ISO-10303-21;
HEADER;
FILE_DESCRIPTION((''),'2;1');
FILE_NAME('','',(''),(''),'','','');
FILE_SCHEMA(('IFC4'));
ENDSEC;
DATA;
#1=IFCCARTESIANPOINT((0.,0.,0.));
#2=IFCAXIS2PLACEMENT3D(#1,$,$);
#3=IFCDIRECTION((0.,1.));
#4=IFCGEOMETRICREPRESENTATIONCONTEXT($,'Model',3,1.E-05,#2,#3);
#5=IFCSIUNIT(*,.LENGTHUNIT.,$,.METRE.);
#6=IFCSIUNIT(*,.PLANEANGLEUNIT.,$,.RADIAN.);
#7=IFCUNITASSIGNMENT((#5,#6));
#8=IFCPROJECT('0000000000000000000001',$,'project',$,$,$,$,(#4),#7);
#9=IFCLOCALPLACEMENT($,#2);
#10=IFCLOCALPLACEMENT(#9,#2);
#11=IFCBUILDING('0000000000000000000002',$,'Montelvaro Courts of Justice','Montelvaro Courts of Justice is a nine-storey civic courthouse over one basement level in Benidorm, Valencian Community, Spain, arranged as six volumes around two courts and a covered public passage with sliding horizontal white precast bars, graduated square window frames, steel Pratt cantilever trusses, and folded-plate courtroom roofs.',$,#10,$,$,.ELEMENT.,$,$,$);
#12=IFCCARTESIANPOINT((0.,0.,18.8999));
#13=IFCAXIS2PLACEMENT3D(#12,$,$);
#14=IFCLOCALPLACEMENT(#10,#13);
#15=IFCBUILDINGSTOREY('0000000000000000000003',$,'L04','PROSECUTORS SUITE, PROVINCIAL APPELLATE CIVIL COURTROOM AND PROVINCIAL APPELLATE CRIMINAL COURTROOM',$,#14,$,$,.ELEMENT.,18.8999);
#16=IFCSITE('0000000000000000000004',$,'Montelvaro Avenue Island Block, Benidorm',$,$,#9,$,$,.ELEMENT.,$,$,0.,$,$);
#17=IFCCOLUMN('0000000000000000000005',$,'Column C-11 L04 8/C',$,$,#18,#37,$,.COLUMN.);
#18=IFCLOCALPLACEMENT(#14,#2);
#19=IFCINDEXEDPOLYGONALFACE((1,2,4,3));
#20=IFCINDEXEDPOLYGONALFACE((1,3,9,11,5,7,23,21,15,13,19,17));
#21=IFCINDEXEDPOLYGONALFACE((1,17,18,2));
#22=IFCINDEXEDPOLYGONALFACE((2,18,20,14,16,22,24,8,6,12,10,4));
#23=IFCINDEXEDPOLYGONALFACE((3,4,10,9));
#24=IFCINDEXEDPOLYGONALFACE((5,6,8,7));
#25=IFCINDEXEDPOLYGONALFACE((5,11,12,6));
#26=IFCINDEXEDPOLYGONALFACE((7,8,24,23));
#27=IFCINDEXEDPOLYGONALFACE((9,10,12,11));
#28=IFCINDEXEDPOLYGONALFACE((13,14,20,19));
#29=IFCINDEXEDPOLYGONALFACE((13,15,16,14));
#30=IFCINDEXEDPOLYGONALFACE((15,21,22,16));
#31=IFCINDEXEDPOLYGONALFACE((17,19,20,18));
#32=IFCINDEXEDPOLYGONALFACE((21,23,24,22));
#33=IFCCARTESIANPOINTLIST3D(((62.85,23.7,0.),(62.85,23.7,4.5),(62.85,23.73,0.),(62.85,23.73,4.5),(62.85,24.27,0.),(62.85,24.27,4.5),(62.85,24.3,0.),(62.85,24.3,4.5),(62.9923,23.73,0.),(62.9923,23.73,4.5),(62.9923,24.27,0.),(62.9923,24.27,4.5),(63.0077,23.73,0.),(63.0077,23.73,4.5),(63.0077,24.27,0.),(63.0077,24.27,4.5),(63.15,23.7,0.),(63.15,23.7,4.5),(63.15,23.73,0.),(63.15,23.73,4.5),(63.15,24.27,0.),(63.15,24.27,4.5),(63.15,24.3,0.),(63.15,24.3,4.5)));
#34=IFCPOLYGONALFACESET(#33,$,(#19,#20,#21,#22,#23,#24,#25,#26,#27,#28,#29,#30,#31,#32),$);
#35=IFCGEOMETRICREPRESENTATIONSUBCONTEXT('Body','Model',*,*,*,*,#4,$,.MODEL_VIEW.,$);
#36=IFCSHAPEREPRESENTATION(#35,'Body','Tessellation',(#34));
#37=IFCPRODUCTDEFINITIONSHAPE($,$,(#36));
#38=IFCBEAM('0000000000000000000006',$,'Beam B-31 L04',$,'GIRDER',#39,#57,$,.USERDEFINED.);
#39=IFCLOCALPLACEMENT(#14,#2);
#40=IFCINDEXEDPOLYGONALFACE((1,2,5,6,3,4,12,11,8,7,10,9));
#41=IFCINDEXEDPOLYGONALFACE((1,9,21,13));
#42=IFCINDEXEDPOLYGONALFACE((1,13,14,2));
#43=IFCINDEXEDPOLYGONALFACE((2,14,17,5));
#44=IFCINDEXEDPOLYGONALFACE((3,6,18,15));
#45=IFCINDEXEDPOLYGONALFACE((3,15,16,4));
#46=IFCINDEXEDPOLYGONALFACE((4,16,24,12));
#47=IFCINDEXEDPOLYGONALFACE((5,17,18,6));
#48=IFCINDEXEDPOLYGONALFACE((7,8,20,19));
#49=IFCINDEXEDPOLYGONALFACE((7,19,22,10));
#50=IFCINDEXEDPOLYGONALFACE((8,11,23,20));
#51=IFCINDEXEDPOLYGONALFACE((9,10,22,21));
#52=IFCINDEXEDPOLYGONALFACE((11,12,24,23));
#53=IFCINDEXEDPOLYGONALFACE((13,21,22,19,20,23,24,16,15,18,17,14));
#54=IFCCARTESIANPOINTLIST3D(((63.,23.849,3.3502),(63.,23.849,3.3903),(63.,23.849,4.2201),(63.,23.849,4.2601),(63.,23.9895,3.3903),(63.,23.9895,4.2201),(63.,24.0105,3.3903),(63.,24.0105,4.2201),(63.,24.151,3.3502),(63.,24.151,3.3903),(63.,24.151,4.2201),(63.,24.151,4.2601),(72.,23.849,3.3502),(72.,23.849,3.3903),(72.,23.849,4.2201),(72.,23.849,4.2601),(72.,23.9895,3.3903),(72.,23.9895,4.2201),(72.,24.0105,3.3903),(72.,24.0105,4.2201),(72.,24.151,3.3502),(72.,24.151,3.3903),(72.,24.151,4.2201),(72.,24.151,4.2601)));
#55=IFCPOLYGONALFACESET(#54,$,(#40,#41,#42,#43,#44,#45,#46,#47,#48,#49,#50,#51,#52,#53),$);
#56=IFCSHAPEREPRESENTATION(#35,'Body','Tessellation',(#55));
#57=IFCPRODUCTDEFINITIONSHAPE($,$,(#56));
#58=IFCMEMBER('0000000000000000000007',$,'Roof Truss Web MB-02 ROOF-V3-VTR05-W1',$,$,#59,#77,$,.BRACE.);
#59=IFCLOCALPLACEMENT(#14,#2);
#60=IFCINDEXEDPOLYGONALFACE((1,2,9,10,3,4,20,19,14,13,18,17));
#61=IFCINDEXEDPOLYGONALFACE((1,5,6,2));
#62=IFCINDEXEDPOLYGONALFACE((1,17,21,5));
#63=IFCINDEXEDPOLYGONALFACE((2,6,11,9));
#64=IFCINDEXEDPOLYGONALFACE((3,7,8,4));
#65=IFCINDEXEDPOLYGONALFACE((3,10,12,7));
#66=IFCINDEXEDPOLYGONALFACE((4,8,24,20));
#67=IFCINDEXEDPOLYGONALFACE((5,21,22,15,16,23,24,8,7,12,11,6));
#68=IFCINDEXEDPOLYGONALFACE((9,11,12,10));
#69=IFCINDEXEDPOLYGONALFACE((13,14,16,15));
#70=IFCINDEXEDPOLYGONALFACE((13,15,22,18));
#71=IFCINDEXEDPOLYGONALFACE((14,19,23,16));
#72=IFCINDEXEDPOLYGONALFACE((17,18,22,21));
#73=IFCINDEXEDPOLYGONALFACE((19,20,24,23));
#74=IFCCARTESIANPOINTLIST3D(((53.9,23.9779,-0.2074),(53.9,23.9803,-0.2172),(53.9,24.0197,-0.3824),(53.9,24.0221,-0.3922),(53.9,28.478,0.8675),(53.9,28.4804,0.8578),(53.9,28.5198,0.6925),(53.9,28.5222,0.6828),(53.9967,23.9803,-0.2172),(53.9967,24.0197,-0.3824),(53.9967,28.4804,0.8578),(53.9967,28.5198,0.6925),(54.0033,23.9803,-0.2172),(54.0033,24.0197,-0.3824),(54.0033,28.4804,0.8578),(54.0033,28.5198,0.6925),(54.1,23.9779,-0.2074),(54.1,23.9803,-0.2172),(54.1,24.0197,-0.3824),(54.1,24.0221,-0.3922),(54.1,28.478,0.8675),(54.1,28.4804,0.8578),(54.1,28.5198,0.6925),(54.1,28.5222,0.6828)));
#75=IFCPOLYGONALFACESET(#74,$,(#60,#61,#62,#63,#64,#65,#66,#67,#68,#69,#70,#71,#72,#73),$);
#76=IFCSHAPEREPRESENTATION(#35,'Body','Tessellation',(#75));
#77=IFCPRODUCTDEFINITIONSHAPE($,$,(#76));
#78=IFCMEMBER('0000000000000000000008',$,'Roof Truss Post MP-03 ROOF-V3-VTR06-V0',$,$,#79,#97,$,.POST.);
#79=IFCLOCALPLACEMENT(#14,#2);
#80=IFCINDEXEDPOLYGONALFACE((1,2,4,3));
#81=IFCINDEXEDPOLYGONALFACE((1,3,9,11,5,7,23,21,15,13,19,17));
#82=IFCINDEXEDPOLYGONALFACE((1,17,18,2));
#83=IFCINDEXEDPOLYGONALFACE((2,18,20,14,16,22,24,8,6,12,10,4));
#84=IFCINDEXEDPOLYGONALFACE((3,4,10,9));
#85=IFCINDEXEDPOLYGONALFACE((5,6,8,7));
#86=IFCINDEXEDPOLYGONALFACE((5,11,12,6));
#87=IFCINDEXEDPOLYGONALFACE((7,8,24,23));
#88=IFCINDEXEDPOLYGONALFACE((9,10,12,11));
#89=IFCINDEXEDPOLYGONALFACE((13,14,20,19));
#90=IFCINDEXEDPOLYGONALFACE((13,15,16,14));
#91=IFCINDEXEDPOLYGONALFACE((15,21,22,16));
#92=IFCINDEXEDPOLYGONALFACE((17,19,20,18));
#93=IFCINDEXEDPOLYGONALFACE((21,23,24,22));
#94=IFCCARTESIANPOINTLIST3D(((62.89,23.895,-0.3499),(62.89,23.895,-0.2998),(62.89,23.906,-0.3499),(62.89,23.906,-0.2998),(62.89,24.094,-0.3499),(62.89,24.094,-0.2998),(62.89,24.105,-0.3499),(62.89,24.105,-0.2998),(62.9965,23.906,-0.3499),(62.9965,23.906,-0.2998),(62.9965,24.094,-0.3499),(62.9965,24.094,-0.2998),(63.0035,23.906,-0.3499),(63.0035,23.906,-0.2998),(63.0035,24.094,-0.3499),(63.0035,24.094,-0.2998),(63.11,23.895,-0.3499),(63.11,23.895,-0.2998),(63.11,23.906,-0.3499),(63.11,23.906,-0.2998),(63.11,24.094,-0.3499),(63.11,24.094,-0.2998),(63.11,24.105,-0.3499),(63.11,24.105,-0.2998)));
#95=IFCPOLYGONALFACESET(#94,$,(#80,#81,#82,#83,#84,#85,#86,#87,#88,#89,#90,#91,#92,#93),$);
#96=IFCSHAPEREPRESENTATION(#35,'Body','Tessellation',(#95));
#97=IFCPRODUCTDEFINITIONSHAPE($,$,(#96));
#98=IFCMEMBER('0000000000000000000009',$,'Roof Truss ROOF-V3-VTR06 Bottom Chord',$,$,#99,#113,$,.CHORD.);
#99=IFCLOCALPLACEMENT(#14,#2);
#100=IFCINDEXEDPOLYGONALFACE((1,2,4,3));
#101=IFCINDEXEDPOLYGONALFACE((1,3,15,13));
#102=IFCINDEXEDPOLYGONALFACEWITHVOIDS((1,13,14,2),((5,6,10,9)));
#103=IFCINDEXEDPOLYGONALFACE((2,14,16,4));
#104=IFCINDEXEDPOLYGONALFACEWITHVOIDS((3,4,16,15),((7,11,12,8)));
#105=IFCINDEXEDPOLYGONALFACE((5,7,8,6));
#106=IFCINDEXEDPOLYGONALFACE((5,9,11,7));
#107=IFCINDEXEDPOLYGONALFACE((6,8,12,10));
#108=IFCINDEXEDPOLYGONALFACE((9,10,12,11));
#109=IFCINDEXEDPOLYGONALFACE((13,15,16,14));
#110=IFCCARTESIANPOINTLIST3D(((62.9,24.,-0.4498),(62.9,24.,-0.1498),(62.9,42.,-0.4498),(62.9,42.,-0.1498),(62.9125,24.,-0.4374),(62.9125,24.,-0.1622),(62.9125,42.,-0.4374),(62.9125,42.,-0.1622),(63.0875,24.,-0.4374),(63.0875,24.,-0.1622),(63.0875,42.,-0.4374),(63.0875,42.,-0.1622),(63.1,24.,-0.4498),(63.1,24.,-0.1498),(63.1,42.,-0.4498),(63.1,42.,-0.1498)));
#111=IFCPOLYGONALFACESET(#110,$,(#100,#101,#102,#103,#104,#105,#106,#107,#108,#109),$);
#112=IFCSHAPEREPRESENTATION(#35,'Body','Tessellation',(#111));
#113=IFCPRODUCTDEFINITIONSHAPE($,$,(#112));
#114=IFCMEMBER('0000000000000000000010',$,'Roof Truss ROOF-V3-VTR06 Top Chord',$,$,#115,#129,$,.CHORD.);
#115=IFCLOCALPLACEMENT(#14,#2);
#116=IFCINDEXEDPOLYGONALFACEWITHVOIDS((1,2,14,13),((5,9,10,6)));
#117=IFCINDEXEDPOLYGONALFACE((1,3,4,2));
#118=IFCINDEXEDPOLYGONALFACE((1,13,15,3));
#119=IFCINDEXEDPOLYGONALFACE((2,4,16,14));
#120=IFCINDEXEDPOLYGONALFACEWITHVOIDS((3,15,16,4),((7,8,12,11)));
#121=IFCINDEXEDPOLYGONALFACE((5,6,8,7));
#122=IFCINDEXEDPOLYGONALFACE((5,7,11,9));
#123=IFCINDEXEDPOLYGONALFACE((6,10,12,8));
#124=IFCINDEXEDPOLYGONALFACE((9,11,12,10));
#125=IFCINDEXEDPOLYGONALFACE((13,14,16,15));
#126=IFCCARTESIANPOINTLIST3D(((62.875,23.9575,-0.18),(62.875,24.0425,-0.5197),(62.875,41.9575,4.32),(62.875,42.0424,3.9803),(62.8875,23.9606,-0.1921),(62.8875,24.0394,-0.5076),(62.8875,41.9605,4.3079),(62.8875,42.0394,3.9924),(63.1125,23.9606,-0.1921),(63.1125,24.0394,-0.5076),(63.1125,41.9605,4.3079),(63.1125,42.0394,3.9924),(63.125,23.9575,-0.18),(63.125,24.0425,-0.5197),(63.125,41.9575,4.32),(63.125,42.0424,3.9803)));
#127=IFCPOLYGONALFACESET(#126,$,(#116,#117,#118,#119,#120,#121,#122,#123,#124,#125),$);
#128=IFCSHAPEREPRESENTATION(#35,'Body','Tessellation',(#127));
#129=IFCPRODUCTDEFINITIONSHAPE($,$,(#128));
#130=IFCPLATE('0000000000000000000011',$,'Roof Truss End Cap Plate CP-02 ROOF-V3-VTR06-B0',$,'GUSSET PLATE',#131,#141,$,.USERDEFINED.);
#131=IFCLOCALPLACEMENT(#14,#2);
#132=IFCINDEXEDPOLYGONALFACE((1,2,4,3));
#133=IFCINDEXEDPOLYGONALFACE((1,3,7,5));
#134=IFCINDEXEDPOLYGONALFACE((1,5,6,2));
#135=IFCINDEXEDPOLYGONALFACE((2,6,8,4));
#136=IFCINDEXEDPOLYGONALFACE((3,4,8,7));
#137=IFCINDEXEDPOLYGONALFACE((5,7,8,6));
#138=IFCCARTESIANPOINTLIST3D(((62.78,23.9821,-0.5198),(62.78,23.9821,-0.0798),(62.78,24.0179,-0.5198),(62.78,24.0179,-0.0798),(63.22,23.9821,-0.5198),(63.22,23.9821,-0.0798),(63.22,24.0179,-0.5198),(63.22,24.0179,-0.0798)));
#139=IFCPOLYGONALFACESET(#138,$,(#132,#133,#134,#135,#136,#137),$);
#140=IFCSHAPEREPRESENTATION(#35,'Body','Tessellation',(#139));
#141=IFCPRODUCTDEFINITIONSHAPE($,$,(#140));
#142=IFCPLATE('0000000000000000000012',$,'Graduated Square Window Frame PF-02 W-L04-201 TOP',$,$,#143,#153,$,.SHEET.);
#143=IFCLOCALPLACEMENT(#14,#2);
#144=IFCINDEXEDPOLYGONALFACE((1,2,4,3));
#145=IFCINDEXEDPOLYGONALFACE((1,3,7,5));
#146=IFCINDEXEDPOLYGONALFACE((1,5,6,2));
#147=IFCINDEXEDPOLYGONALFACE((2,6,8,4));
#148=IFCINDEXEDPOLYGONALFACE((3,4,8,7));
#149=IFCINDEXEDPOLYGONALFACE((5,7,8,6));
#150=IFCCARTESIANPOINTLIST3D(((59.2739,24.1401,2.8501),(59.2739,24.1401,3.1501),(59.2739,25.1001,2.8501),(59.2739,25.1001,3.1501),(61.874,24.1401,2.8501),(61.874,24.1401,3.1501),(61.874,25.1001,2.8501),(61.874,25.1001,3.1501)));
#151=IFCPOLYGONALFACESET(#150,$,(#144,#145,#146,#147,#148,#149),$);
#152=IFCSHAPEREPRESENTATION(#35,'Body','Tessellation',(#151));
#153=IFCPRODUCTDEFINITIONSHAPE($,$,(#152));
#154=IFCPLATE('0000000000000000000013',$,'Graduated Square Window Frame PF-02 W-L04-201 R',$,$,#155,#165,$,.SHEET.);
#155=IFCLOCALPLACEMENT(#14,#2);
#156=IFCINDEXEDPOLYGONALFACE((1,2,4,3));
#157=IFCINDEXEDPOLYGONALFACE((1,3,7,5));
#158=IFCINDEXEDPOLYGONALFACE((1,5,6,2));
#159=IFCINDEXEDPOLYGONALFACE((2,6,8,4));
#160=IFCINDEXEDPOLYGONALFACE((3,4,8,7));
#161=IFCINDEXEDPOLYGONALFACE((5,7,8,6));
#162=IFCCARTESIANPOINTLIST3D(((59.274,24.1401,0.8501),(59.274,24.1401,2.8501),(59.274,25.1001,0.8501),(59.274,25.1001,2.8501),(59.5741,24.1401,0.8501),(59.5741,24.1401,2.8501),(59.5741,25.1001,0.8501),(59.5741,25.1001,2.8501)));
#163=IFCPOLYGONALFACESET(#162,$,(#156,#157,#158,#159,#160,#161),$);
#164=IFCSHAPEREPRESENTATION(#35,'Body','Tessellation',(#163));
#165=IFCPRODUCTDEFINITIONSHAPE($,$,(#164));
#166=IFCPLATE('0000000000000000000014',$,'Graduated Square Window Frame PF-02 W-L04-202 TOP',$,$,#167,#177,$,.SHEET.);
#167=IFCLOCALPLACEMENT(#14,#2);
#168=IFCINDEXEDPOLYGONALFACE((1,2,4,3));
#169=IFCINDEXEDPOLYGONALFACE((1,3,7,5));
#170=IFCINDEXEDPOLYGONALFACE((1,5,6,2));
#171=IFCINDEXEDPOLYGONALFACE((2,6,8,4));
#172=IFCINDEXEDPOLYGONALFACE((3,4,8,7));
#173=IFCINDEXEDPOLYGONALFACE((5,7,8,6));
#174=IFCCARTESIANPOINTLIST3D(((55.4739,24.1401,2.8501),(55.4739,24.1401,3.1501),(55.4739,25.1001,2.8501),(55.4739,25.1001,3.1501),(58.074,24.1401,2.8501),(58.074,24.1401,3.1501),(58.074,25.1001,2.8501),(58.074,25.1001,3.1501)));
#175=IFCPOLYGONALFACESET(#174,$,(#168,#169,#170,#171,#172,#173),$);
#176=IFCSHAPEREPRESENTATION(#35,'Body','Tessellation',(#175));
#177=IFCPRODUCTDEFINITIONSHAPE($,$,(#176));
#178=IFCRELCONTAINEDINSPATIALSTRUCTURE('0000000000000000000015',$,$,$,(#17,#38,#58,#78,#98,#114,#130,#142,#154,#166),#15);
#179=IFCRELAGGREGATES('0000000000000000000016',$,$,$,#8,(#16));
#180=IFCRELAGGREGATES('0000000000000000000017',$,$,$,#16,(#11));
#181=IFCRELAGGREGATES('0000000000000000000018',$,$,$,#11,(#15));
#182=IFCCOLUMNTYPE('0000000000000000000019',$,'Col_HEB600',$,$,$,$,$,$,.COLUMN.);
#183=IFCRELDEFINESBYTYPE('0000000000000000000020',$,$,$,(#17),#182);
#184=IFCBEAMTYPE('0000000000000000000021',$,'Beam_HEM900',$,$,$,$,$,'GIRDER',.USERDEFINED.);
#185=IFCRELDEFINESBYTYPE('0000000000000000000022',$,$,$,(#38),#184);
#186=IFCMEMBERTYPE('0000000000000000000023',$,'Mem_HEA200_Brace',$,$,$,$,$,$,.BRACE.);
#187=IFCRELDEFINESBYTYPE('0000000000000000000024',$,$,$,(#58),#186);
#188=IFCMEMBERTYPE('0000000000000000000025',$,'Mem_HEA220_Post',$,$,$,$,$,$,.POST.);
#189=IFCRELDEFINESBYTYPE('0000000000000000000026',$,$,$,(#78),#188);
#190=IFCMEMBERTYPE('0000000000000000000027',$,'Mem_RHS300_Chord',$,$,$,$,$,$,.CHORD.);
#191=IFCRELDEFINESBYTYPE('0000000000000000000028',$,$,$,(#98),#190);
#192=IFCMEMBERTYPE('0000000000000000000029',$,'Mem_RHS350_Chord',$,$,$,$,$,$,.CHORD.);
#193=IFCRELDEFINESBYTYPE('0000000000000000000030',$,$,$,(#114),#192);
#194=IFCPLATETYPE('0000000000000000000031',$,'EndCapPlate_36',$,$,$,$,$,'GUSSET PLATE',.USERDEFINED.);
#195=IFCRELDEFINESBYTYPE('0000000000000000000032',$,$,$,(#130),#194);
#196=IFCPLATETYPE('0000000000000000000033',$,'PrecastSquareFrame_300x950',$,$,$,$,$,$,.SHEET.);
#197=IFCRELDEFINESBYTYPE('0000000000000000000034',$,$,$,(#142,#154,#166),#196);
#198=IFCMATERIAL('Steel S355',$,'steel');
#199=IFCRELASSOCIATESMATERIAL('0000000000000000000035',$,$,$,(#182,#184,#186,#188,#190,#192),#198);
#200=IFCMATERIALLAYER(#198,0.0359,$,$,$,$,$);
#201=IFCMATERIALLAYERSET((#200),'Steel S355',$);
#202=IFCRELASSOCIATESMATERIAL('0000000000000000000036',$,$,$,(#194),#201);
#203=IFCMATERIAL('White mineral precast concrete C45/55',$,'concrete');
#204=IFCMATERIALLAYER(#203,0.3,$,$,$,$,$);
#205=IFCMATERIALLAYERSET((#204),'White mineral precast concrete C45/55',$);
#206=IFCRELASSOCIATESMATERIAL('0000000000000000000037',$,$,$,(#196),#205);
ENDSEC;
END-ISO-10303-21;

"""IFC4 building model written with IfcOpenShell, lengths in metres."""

from ifc_helpers import new_model, si_unit, direction, frame, origin, origin_2d, place, context, subcontext, project, spatial, rectangle, hollow_rectangle, i_section, extrude, material, layer, layer_set, material_profile, profile_set, type_object, element, save


model = new_model("IFC4")

# Units and contexts
model_context = context("Model", 3, precision=1e-05, world=origin(), true_north=direction((0.0, 1.0)))
body_context = subcontext(model_context, "Body", "Model", "MODEL_VIEW")
ifc_project = project(units=[si_unit("LENGTHUNIT", "METRE"), si_unit("PLANEANGLEUNIT", "RADIAN")], contexts=[model_context])

# Site, building, storey
site_placement = place(None, origin())
site = spatial("IfcSite", under=ifc_project, at=site_placement, Name="Montelvaro Avenue Island Block, Benidorm", CompositionType="ELEMENT", RefElevation=0.0)
building_placement = place(site_placement, origin())
building = spatial("IfcBuilding", under=site, at=building_placement, Name="Montelvaro Courts of Justice", Description="Montelvaro Courts of Justice is a nine-storey civic courthouse over one basement level in Benidorm, Valencian Community, Spain, arranged as six volumes around two courts and a covered public passage with sliding horizontal white precast bars, graduated square window frames, steel Pratt cantilever trusses, and folded-plate courtroom roofs.", CompositionType="ELEMENT")
storey_placement = place(building_placement, frame((0.0, 0.0, 18.8999)))
storey = spatial("IfcBuildingStorey", under=building, at=storey_placement, Name="L04", Description="PROSECUTORS SUITE, PROVINCIAL APPELLATE CIVIL COURTROOM AND PROVINCIAL APPELLATE CRIMINAL COURTROOM", CompositionType="ELEMENT", Elevation=18.8999)

# Column
ifc_material_1 = material(Name="Steel S355", Category="steel")
ifc_material_profile_1 = material_profile(ifc_material_1, i_section(OverallWidth=0.3, OverallDepth=0.6001, WebThickness=0.0154, FlangeThickness=0.03, at=origin_2d()), Name="HEB 600")
ifc_profile_set_1 = profile_set([ifc_material_profile_1], Name="Steel S355")
column_type = type_object("IfcColumnType", Name="Col_HEB600", PredefinedType="COLUMN", material=ifc_profile_set_1)
column_placement = place(storey_placement, frame((63.0, 24.0, 0.0), z_axis=(0.0, 0.0, 1.0), x_axis=(1.0, 0.0, 0.0)))
element("IfcColumn", 1, at=column_placement, inside=storey, type_object=column_type, Name="Column C-11 L04 8/C", PredefinedType="COLUMN", context=body_context, shape_type="SweptSolid", body=[
    extrude(i_section(OverallWidth=0.3, OverallDepth=0.6001, WebThickness=0.0154, FlangeThickness=0.03, at=origin_2d()), origin(), (0.0, 0.0, 1.0), 4.5),
])

# Beam
ifc_material_profile_2 = material_profile(ifc_material_1, i_section(OverallWidth=0.302, OverallDepth=0.9099, WebThickness=0.021, FlangeThickness=0.04, at=origin_2d()), Name="HEM 900")
ifc_profile_set_2 = profile_set([ifc_material_profile_2], Name="Steel S355")
beam_type = type_object("IfcBeamType", Name="Beam_HEM900", ElementType="GIRDER", PredefinedType="USERDEFINED", material=ifc_profile_set_2)
beam_placement = place(storey_placement, frame((63.0, 24.0, 3.8052), z_axis=(1.0, 0.0, 0.0), x_axis=(0.0, 1.0, 0.0)))
element("IfcBeam", 2, at=beam_placement, inside=storey, type_object=beam_type, Name="Beam B-31 L04", ObjectType="GIRDER", PredefinedType="USERDEFINED", context=body_context, shape_type="SweptSolid", body=[
    extrude(i_section(OverallWidth=0.302, OverallDepth=0.9099, WebThickness=0.021, FlangeThickness=0.04, at=origin_2d()), origin(), (0.0, 0.0, 1.0), 9.0),
])

# Members
ifc_material_profile_3 = material_profile(ifc_material_1, i_section(OverallWidth=0.2, OverallDepth=0.1899, WebThickness=0.0066, FlangeThickness=0.01, at=origin_2d()), Name="HEA 200")
ifc_profile_set_3 = profile_set([ifc_material_profile_3], Name="Steel S355")
member_type_1 = type_object("IfcMemberType", Name="Mem_HEA200_Brace", PredefinedType="BRACE", material=ifc_profile_set_3)
member_1_placement = place(storey_placement, frame((54.0, 24.0, -0.2998), z_axis=(0.0, 0.972634, 0.232341), x_axis=(-1.0, 0.0, 0.0)))
element("IfcMember", 3, at=member_1_placement, inside=storey, type_object=member_type_1, Name="Roof Truss Web MB-02 ROOF-V3-VTR05-W1", PredefinedType="BRACE", context=body_context, shape_type="SweptSolid", body=[
    extrude(i_section(OverallWidth=0.2, OverallDepth=0.1899, WebThickness=0.0066, FlangeThickness=0.01, at=origin_2d()), origin(), (0.0, 0.0, 1.0), 4.6267),
])
ifc_material_profile_4 = material_profile(ifc_material_1, i_section(OverallWidth=0.22, OverallDepth=0.21, WebThickness=0.0071, FlangeThickness=0.011, at=origin_2d()), Name="HEA 220")
ifc_profile_set_4 = profile_set([ifc_material_profile_4], Name="Steel S355")
member_type_2 = type_object("IfcMemberType", Name="Mem_HEA220_Post", PredefinedType="POST", material=ifc_profile_set_4)
member_2_placement = place(storey_placement, frame((63.0, 24.0, -0.2998), z_axis=(0.0, 0.0, -1.0), x_axis=(1.0, 0.0, 0.0)))
element("IfcMember", 4, at=member_2_placement, inside=storey, type_object=member_type_2, Name="Roof Truss Post MP-03 ROOF-V3-VTR06-V0", PredefinedType="POST", context=body_context, shape_type="SweptSolid", body=[
    extrude(i_section(OverallWidth=0.22, OverallDepth=0.21, WebThickness=0.0071, FlangeThickness=0.011, at=origin_2d()), origin(), (0.0, 0.0, 1.0), 0.05),
])
ifc_material_profile_5 = material_profile(ifc_material_1, hollow_rectangle(XDim=0.2, YDim=0.3, WallThickness=0.0125, at=origin_2d()), Name="RHS 300x200x12.5")
ifc_profile_set_5 = profile_set([ifc_material_profile_5], Name="Steel S355")
member_type_3 = type_object("IfcMemberType", Name="Mem_RHS300_Chord", PredefinedType="CHORD", material=ifc_profile_set_5)
member_3_placement = place(storey_placement, frame((63.0, 24.0, -0.2998), z_axis=(0.0, 1.0, 0.0), x_axis=(-1.0, 0.0, 0.0)))
element("IfcMember", 5, at=member_3_placement, inside=storey, type_object=member_type_3, Name="Roof Truss ROOF-V3-VTR06 Bottom Chord", PredefinedType="CHORD", context=body_context, shape_type="SweptSolid", body=[
    extrude(hollow_rectangle(XDim=0.2, YDim=0.3, WallThickness=0.0125, at=origin_2d()), origin(), (0.0, 0.0, 1.0), 18.0),
])
ifc_material_profile_6 = material_profile(ifc_material_1, hollow_rectangle(XDim=0.25, YDim=0.3501, WallThickness=0.0125, at=origin_2d()), Name="RHS 350x250x12.5")
ifc_profile_set_6 = profile_set([ifc_material_profile_6], Name="Steel S355")
member_type_4 = type_object("IfcMemberType", Name="Mem_RHS350_Chord", PredefinedType="CHORD", material=ifc_profile_set_6)
member_4_placement = place(storey_placement, frame((63.0, 24.0, -0.3499), z_axis=(0.0, 0.970143, 0.242536), x_axis=(-1.0, 0.0, 0.0)))
element("IfcMember", 6, at=member_4_placement, inside=storey, type_object=member_type_4, Name="Roof Truss ROOF-V3-VTR06 Top Chord", PredefinedType="CHORD", context=body_context, shape_type="SweptSolid", body=[
    extrude(hollow_rectangle(XDim=0.25, YDim=0.3501, WallThickness=0.0125, at=origin_2d()), origin(), (0.0, 0.0, 1.0), 18.554),
])

# Plates
ifc_layer_1 = layer(ifc_material_1, 0.0359)
ifc_layer_set_1 = layer_set([ifc_layer_1], Name="Steel S355")
plate_type_1 = type_object("IfcPlateType", Name="EndCapPlate_36", ElementType="GUSSET PLATE", PredefinedType="USERDEFINED", material=ifc_layer_set_1)
plate_1_placement = place(storey_placement, frame((63.0, 24.0, -0.5198), z_axis=(0.0, 0.0, 1.0), x_axis=(1.0, 0.0, 0.0)))
element("IfcPlate", 7, at=plate_1_placement, inside=storey, type_object=plate_type_1, Name="Roof Truss End Cap Plate CP-02 ROOF-V3-VTR06-B0", ObjectType="GUSSET PLATE", PredefinedType="USERDEFINED", context=body_context, shape_type="SweptSolid", body=[
    extrude(rectangle(XDim=0.4399, YDim=0.0359, at=origin_2d()), origin(), (0.0, 0.0, 1.0), 0.4399),
])
ifc_material_2 = material(Name="White mineral precast concrete C45/55", Category="concrete")
ifc_layer_2 = layer(ifc_material_2, 0.3)
ifc_layer_set_2 = layer_set([ifc_layer_2], Name="White mineral precast concrete C45/55")
plate_type_2 = type_object("IfcPlateType", Name="PrecastSquareFrame_300x950", PredefinedType="SHEET", material=ifc_layer_set_2)
plate_2_placement = place(storey_placement, frame((60.574, 24.6201, 2.8501), z_axis=(0.0, 0.0, 1.0), x_axis=(-1.0, 0.0, 0.0)))
element("IfcPlate", 8, at=plate_2_placement, inside=storey, type_object=plate_type_2, Name="Graduated Square Window Frame PF-02 W-L04-201 TOP", PredefinedType="SHEET", context=body_context, shape_type="SweptSolid", body=[
    extrude(rectangle(XDim=2.6001, YDim=0.96, at=origin_2d()), origin(), (0.0, 0.0, 1.0), 0.3),
])
plate_3_placement = place(storey_placement, frame((59.4241, 24.6201, 0.8501), z_axis=(0.0, 0.0, 1.0), x_axis=(-1.0, 0.0, 0.0)))
element("IfcPlate", 9, at=plate_3_placement, inside=storey, type_object=plate_type_2, Name="Graduated Square Window Frame PF-02 W-L04-201 R", PredefinedType="SHEET", context=body_context, shape_type="SweptSolid", body=[
    extrude(rectangle(XDim=0.3, YDim=0.96, at=origin_2d()), origin(), (0.0, 0.0, 1.0), 2.0),
])
for number, where, z_axis, x_axis, name in (
    (10, (56.7739, 24.6201, 2.8501), (0.0, 0.0, 1.0), (-1.0, 0.0, 0.0), "Graduated Square Window Frame PF-02 W-L04-202 TOP"),
):
    element("IfcPlate", number, at=place(storey_placement, frame(where, z_axis=z_axis, x_axis=x_axis)), inside=storey, type_object=plate_type_2, Name=name, PredefinedType="SHEET", context=body_context, shape_type="SweptSolid", body=[
        extrude(rectangle(XDim=2.6001, YDim=0.96, at=origin_2d()), origin(), (0.0, 0.0, 1.0), 0.3),
    ])

save(model, "model.ifc")
